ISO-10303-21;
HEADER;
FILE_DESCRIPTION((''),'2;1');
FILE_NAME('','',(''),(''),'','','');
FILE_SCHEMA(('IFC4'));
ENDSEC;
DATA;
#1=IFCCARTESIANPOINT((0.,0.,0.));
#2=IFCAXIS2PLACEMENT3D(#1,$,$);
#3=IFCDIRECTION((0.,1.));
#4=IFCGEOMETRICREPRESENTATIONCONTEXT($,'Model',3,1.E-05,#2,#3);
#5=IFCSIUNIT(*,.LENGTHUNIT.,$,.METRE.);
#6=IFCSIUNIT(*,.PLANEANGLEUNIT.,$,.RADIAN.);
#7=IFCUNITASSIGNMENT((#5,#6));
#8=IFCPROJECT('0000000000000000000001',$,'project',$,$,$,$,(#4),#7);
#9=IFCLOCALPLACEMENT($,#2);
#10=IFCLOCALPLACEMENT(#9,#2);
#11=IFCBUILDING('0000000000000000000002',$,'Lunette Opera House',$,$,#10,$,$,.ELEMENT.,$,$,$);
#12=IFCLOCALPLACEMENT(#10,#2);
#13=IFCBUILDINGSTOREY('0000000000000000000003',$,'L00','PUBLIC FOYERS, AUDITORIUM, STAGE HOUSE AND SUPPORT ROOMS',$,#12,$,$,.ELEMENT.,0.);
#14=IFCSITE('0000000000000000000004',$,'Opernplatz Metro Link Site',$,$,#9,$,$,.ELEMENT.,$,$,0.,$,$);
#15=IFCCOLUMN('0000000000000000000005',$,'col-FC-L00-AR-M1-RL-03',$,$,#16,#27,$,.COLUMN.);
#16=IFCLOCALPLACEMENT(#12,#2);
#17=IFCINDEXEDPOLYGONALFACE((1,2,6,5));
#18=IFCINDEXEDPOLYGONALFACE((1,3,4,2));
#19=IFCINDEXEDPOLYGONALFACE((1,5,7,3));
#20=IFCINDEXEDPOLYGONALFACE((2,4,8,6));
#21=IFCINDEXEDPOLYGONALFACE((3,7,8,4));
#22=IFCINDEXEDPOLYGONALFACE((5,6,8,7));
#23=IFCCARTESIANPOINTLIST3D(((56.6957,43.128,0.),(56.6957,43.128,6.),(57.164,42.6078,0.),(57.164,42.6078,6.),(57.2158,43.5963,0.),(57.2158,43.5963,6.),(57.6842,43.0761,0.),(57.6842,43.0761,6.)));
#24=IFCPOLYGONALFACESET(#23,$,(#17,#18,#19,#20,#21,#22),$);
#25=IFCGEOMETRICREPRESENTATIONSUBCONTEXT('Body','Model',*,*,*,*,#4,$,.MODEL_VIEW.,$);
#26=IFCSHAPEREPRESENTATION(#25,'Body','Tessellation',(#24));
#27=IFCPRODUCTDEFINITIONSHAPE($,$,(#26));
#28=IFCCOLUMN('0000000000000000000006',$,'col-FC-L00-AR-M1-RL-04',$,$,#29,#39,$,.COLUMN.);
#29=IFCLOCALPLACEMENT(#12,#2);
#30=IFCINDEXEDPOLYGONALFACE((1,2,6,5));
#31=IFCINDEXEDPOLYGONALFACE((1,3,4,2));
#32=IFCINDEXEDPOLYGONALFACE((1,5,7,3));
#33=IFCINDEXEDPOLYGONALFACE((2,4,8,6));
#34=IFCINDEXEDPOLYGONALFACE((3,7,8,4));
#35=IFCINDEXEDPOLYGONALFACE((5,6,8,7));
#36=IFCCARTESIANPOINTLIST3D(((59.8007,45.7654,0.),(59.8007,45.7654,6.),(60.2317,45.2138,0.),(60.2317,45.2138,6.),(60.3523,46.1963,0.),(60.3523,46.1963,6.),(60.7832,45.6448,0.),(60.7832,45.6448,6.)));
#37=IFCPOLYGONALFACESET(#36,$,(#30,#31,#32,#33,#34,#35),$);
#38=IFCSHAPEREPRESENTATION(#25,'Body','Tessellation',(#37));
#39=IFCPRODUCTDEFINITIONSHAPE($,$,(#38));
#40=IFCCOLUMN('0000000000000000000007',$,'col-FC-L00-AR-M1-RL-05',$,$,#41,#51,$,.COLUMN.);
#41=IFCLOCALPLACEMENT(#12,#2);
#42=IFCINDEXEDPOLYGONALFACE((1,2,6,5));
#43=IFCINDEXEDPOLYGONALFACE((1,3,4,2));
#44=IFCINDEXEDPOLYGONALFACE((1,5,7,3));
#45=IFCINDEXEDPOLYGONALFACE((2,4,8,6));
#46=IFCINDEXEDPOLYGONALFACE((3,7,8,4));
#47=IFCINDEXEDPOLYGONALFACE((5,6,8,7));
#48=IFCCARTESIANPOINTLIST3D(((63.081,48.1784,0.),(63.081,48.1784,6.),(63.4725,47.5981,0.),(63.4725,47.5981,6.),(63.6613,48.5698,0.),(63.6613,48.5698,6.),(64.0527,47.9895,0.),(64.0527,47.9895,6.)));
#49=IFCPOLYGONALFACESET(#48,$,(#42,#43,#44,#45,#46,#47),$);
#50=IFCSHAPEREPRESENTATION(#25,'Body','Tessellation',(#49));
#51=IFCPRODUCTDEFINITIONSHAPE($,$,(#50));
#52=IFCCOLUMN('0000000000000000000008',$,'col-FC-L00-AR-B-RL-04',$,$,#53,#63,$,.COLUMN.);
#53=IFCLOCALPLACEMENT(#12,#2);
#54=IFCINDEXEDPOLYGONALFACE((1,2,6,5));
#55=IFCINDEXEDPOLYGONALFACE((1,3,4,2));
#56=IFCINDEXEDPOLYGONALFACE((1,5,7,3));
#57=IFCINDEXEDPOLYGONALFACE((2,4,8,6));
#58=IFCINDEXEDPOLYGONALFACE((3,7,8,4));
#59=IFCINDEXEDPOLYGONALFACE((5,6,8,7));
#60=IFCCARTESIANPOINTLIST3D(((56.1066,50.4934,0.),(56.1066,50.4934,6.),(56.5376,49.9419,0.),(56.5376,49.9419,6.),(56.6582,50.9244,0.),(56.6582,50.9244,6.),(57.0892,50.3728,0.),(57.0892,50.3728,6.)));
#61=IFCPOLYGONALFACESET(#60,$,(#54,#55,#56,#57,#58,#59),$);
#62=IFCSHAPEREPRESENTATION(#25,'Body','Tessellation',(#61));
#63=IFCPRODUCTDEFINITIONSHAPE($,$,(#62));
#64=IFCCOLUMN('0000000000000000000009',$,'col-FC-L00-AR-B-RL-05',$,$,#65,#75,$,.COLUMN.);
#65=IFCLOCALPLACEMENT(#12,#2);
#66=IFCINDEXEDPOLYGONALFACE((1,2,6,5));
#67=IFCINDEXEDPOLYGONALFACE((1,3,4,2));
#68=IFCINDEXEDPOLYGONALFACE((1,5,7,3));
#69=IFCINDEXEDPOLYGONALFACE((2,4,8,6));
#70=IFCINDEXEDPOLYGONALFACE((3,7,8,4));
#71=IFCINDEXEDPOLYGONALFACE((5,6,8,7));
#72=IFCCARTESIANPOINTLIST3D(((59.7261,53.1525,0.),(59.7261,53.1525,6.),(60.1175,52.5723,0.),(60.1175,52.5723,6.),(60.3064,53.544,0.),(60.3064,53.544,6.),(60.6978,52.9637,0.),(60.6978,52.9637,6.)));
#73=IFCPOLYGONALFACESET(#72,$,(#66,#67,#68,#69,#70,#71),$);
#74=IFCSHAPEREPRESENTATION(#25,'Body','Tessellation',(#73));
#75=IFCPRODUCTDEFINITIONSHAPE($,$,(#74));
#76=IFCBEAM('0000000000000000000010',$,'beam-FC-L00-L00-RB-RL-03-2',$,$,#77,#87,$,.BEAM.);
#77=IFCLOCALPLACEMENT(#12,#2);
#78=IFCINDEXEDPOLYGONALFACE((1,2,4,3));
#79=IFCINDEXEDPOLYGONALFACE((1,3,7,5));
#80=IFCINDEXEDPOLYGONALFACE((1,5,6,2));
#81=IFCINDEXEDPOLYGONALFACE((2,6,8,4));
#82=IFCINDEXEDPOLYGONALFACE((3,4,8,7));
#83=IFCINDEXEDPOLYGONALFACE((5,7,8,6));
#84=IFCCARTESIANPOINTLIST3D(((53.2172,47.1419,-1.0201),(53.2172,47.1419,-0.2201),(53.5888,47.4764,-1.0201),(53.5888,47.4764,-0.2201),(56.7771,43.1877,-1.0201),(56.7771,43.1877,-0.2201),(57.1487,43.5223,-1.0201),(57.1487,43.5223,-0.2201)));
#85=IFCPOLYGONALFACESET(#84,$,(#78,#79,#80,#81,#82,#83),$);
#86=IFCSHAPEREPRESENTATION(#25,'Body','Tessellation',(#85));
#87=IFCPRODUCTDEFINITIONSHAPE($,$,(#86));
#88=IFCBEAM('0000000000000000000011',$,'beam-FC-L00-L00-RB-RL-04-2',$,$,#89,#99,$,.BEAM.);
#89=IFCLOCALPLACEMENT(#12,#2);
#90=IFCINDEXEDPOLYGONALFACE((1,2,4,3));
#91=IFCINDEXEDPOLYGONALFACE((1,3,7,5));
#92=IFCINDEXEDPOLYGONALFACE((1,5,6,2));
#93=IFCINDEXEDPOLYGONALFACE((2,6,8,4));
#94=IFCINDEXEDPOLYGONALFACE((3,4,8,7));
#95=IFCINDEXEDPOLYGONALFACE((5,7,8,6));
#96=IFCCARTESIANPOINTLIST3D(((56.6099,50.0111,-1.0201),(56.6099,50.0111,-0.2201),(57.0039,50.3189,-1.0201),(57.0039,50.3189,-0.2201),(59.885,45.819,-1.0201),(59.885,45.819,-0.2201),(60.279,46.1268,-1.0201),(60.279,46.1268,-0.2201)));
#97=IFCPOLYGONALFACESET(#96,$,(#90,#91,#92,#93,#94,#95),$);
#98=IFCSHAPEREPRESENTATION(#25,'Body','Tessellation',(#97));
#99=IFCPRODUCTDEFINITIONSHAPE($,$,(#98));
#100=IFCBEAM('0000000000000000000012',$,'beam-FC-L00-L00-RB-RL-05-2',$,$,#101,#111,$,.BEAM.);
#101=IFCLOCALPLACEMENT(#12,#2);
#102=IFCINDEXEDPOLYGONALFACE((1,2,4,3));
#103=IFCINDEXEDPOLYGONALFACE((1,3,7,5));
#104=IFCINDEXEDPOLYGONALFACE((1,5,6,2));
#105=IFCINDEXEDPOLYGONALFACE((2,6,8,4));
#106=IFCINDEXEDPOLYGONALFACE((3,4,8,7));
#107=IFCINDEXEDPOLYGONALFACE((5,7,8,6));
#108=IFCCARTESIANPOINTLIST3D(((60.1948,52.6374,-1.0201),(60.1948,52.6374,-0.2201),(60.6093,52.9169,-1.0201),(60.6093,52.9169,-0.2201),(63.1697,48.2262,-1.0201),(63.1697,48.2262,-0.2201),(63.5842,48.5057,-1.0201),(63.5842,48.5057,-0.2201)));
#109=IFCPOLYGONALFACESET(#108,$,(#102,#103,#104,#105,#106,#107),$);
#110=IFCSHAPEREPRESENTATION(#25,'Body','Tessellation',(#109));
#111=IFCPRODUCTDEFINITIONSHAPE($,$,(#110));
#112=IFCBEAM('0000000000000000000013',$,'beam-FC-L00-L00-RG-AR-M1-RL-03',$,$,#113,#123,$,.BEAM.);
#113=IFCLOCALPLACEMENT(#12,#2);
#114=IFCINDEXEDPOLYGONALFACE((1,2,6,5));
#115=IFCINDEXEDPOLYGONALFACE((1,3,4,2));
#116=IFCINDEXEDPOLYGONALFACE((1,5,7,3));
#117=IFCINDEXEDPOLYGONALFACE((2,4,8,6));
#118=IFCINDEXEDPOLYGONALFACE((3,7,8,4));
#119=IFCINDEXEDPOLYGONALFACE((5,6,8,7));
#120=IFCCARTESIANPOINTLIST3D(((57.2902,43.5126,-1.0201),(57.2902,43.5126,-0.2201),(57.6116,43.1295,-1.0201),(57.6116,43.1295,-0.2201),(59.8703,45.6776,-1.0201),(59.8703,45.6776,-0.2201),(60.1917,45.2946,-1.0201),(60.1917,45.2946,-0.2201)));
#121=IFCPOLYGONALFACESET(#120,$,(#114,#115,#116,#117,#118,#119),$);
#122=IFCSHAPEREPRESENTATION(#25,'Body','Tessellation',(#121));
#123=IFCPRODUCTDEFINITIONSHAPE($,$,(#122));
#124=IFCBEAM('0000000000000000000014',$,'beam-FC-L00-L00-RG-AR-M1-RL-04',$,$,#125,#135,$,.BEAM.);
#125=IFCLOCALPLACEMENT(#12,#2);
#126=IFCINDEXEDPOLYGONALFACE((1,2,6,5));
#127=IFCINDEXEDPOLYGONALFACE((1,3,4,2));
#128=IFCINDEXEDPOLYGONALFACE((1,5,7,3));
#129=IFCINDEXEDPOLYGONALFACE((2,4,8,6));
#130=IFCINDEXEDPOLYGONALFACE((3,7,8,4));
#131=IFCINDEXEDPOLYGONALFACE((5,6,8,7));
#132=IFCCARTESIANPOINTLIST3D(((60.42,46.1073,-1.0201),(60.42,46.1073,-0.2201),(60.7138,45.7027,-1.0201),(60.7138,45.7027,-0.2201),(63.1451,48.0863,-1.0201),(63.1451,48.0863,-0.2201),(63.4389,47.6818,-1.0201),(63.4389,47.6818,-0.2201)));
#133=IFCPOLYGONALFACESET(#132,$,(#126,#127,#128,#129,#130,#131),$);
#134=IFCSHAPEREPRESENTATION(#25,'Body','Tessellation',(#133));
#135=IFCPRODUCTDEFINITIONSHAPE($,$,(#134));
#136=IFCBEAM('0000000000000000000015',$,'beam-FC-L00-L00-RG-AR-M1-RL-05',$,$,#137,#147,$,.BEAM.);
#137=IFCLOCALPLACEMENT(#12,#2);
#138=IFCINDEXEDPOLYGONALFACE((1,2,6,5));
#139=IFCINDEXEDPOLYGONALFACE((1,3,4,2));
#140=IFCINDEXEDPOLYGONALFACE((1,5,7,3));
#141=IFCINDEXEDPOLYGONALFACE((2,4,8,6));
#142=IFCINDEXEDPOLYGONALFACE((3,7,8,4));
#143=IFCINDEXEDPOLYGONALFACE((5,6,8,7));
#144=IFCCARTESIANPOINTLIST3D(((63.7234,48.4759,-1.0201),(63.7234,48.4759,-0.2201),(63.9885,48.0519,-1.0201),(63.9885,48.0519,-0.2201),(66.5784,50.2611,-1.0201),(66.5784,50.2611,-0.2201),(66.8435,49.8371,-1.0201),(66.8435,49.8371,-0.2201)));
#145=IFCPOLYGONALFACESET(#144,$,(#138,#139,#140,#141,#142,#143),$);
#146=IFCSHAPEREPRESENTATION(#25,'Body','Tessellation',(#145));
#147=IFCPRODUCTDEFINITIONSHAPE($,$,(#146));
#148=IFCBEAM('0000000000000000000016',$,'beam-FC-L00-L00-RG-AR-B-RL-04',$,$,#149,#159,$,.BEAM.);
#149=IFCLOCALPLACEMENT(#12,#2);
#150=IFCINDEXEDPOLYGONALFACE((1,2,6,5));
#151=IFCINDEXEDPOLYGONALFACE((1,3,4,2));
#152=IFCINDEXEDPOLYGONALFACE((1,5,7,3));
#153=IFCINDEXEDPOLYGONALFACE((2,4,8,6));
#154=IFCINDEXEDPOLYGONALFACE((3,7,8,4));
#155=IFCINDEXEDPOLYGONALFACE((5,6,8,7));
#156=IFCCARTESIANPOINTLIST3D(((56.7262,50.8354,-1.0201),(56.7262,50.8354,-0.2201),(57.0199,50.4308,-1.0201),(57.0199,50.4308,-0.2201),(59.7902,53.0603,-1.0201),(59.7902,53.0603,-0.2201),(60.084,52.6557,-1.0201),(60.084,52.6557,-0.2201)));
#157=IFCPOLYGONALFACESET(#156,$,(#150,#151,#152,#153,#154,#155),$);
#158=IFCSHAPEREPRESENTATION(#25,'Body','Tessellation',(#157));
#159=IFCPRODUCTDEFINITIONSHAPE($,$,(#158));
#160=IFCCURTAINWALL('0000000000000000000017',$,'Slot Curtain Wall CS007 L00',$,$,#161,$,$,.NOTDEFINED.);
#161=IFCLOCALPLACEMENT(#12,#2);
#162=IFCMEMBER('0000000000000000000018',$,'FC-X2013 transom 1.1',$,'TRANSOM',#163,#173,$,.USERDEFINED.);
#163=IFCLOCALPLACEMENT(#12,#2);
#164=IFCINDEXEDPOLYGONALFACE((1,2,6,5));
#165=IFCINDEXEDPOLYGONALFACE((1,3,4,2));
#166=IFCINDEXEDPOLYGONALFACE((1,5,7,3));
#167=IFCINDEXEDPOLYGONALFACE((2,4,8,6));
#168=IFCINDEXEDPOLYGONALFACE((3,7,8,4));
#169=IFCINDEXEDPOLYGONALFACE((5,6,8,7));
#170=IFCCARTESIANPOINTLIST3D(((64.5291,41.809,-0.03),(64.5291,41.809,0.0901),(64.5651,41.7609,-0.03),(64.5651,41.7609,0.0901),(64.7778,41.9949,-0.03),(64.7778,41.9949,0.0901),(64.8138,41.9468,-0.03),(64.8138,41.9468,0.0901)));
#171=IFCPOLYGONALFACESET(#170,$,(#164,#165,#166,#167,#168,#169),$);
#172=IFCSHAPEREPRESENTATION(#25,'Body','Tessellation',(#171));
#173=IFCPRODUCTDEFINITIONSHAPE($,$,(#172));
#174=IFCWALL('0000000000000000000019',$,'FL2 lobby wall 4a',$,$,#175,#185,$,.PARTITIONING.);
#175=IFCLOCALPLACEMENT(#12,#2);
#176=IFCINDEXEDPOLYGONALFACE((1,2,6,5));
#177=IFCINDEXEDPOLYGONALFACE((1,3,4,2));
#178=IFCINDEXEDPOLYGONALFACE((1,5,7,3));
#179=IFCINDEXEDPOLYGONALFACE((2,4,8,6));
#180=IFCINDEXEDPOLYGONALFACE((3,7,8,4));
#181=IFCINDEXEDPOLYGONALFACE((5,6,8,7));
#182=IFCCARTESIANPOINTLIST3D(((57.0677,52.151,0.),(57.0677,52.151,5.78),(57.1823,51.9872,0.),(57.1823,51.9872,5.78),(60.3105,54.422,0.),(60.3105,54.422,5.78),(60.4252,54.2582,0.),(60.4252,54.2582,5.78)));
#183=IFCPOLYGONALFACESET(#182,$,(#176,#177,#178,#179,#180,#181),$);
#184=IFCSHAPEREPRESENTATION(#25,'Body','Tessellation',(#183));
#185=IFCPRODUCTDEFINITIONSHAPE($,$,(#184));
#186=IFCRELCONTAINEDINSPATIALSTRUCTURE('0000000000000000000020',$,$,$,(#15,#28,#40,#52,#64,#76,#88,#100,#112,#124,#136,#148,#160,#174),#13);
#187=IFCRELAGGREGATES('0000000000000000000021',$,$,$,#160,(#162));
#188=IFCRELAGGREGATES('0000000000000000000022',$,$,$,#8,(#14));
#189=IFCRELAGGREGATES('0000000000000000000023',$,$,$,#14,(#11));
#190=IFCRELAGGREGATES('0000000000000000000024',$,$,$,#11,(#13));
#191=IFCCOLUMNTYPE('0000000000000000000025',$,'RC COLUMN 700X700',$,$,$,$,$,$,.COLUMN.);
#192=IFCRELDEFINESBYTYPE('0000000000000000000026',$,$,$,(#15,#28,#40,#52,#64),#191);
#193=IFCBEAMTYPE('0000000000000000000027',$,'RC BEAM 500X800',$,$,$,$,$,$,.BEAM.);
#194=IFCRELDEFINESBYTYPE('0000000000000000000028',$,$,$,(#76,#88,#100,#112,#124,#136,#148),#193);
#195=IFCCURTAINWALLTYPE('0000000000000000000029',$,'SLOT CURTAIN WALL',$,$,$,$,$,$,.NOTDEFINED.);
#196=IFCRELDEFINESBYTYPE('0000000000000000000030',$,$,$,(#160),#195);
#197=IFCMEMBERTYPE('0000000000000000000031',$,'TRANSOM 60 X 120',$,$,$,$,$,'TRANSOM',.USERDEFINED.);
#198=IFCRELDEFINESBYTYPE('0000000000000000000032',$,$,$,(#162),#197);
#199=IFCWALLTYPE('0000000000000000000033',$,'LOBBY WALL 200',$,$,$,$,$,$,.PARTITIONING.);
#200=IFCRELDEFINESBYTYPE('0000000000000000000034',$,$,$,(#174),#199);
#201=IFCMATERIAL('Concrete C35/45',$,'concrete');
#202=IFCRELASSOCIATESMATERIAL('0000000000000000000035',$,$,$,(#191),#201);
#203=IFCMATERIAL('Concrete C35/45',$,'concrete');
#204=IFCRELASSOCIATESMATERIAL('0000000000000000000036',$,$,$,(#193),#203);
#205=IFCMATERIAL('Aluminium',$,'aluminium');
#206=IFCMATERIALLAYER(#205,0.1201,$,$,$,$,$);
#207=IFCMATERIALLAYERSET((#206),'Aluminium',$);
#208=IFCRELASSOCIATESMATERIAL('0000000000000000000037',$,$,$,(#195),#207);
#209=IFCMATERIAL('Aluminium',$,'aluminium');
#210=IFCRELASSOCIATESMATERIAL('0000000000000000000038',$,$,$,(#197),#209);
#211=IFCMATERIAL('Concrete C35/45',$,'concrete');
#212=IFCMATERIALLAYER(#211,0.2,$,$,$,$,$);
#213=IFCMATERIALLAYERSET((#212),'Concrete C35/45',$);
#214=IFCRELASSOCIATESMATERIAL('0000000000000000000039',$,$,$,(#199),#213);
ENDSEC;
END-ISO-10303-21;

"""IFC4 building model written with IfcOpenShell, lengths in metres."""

from ifc_helpers import new_model, si_unit, direction, frame, frame_2d, origin, origin_2d, place, context, subcontext, project, spatial, rectangle, extrude, material, layer, layer_set, material_profile, profile_set, type_object, element, aggregate, save


model = new_model("IFC4")

# Units and contexts
model_context = context("Model", 3, precision=1e-05, world=origin(), true_north=direction((0.0, 1.0)))
body_context = subcontext(model_context, "Body", "Model", "MODEL_VIEW")
ifc_project = project(units=[si_unit("LENGTHUNIT", "METRE"), si_unit("PLANEANGLEUNIT", "RADIAN")], contexts=[model_context])

# Site, building, storey
site_placement = place(None, origin())
site = spatial("IfcSite", under=ifc_project, at=site_placement, Name="Opernplatz Metro Link Site", CompositionType="ELEMENT", RefElevation=0.0)
building_placement = place(site_placement, origin())
building = spatial("IfcBuilding", under=site, at=building_placement, Name="Lunette Opera House", CompositionType="ELEMENT")
storey_placement = place(building_placement, origin())
storey = spatial("IfcBuildingStorey", under=building, at=storey_placement, Name="L00", Description="PUBLIC FOYERS, AUDITORIUM, STAGE HOUSE AND SUPPORT ROOMS", CompositionType="ELEMENT", Elevation=0.0)

# Columns
ifc_material_1 = material(Name="Concrete C35/45", Category="concrete")
ifc_material_profile_1 = material_profile(ifc_material_1, rectangle(XDim=0.7, YDim=0.7, at=origin_2d()), Name="RC COLUMN 700X700")
ifc_profile_set_1 = profile_set([ifc_material_profile_1], Name="Concrete C35/45")
column_type = type_object("IfcColumnType", Name="RC COLUMN 700X700", PredefinedType="COLUMN", material=ifc_profile_set_1)
for number, where, z_axis, x_axis, name in (
    (1, (57.1899, 43.1021, 0.0), (0.0, 0.0, 1.0), (0.743145, 0.669131, 0.0), "col-FC-L00-AR-M1-RL-03"),
    (2, (60.292, 45.7051, 0.0), (0.0, 0.0, 1.0), (0.788011, 0.615661, 0.0), "col-FC-L00-AR-M1-RL-04"),
    (3, (63.5669, 48.084, 0.0), (0.0, 0.0, 1.0), (0.829038, 0.559193, 0.0), "col-FC-L00-AR-M1-RL-05"),
    (4, (56.5979, 50.4331, 0.0), (0.0, 0.0, 1.0), (0.788011, 0.615661, 0.0), "col-FC-L00-AR-B-RL-04"),
    (5, (60.2119, 53.0581, 0.0), (0.0, 0.0, 1.0), (0.829038, 0.559193, 0.0), "col-FC-L00-AR-B-RL-05"),
):
    element("IfcColumn", number, at=place(storey_placement, frame(where, z_axis=z_axis, x_axis=x_axis)), inside=storey, type_object=column_type, Name=name, PredefinedType="COLUMN", context=body_context, shape_type="SweptSolid", body=[
        extrude(rectangle(XDim=0.7, YDim=0.7, at=origin_2d()), origin(), (0.0, 0.0, 1.0), 6.0),
    ])

# Beams
ifc_material_2 = material(Name="Concrete C35/45", Category="concrete")
ifc_material_profile_2 = material_profile(ifc_material_2, rectangle(XDim=0.5, YDim=0.8, at=origin_2d()), Name="RC BEAM 500X800")
ifc_profile_set_2 = profile_set([ifc_material_profile_2], Name="Concrete C35/45")
beam_type = type_object("IfcBeamType", Name="RC BEAM 500X800", PredefinedType="BEAM", material=ifc_profile_set_2)
beam_1_placement = place(storey_placement, frame((56.9629, 43.355, -0.6201), z_axis=(-0.669081, 0.743189, 0.0), x_axis=(-0.743189, -0.669081, 0.0)))
element("IfcBeam", 6, at=beam_1_placement, inside=storey, type_object=beam_type, Name="beam-FC-L00-L00-RB-RL-03-2", PredefinedType="BEAM", context=body_context, shape_type="SweptSolid", body=[
    extrude(rectangle(XDim=0.5, YDim=0.8, at=origin_2d()), origin(), (0.0, 0.0, 1.0), 5.3206),
])
beam_2_placement = place(storey_placement, frame((60.082, 45.9729, -0.6201), z_axis=(-0.615648, 0.788021, 0.0), x_axis=(-0.788021, -0.615648, 0.0)))
element("IfcBeam", 7, at=beam_2_placement, inside=storey, type_object=beam_type, Name="beam-FC-L00-L00-RB-RL-04-2", PredefinedType="BEAM", context=body_context, shape_type="SweptSolid", body=[
    extrude(rectangle(XDim=0.5, YDim=0.8, at=origin_2d()), origin(), (0.0, 0.0, 1.0), 5.3198),
])
beam_3_placement = place(storey_placement, frame((63.377, 48.366, -0.6201), z_axis=(-0.559129, 0.829081, 0.0), x_axis=(-0.829081, -0.559129, 0.0)))
element("IfcBeam", 8, at=beam_3_placement, inside=storey, type_object=beam_type, Name="beam-FC-L00-L00-RB-RL-05-2", PredefinedType="BEAM", context=body_context, shape_type="SweptSolid", body=[
    extrude(rectangle(XDim=0.5, YDim=0.8, at=origin_2d()), origin(), (0.0, 0.0, 1.0), 5.3206),
])
beam_4_placement = place(storey_placement, frame((57.4509, 43.321, -0.6201), z_axis=(0.76603, 0.642804, 0.0), x_axis=(-0.642804, 0.76603, 0.0)))
element("IfcBeam", 9, at=beam_4_placement, inside=storey, type_object=beam_type, Name="beam-FC-L00-L00-RG-AR-M1-RL-03", PredefinedType="BEAM", context=body_context, shape_type="SweptSolid", body=[
    extrude(rectangle(XDim=0.5, YDim=0.8, at=origin_2d()), origin(), (0.0, 0.0, 1.0), 3.3682),
])
beam_5_placement = place(storey_placement, frame((60.5669, 45.905, -0.6201), z_axis=(0.809143, 0.587611, 0.0), x_axis=(-0.587611, 0.809143, 0.0)))
element("IfcBeam", 10, at=beam_5_placement, inside=storey, type_object=beam_type, Name="beam-FC-L00-L00-RG-AR-M1-RL-04", PredefinedType="BEAM", context=body_context, shape_type="SweptSolid", body=[
    extrude(rectangle(XDim=0.5, YDim=0.8, at=origin_2d()), origin(), (0.0, 0.0, 1.0), 3.3679),
])
beam_6_placement = place(storey_placement, frame((63.856, 48.2639, -0.6201), z_axis=(0.847892, 0.530168, 0.0), x_axis=(-0.530168, 0.847892, 0.0)))
element("IfcBeam", 11, at=beam_6_placement, inside=storey, type_object=beam_type, Name="beam-FC-L00-L00-RG-AR-M1-RL-05", PredefinedType="BEAM", context=body_context, shape_type="SweptSolid", body=[
    extrude(rectangle(XDim=0.5, YDim=0.8, at=origin_2d()), origin(), (0.0, 0.0, 1.0), 3.3672),
])
beam_7_placement = place(storey_placement, frame((56.873, 50.6331, -0.6201), z_axis=(0.809174, 0.58757, 0.0), x_axis=(-0.58757, 0.809174, 0.0)))
element("IfcBeam", 12, at=beam_7_placement, inside=storey, type_object=beam_type, Name="beam-FC-L00-L00-RG-AR-B-RL-04", PredefinedType="BEAM", context=body_context, shape_type="SweptSolid", body=[
    extrude(rectangle(XDim=0.5, YDim=0.8, at=origin_2d()), origin(), (0.0, 0.0, 1.0), 3.7866),
])

# Curtain wall, member
ifc_material_3 = material(Name="Aluminium", Category="aluminium")
ifc_layer_1 = layer(ifc_material_3, 0.1201)
ifc_layer_set_1 = layer_set([ifc_layer_1], Name="Aluminium")
curtain_wall_type = type_object("IfcCurtainWallType", Name="SLOT CURTAIN WALL", PredefinedType="NOTDEFINED", material=ifc_layer_set_1)
curtain_wall_placement = place(storey_placement, origin())
curtain_wall = element("IfcCurtainWall", 13, at=curtain_wall_placement, inside=storey, type_object=curtain_wall_type, Name="Slot Curtain Wall CS007 L00", PredefinedType="NOTDEFINED")
ifc_material_4 = material(Name="Aluminium", Category="aluminium")
ifc_material_profile_3 = material_profile(ifc_material_4, rectangle(XDim=0.0601, YDim=0.1201, at=origin_2d()), Name="TRANSOM 60 X 120")
ifc_profile_set_3 = profile_set([ifc_material_profile_3], Name="Aluminium")
member_type = type_object("IfcMemberType", Name="TRANSOM 60 X 120", ElementType="TRANSOM", PredefinedType="USERDEFINED", material=ifc_profile_set_3)
member_placement = place(storey_placement, frame((64.5471, 41.7849, 0.03), z_axis=(0.800848, 0.598868, 0.0), x_axis=(-0.598868, 0.800848, 0.0)))
member = element("IfcMember", 14, at=member_placement, type_object=member_type, Name="FC-X2013 transom 1.1", ObjectType="TRANSOM", PredefinedType="USERDEFINED", context=body_context, shape_type="SweptSolid", body=[
    extrude(rectangle(XDim=0.0601, YDim=0.1201, at=origin_2d()), origin(), (0.0, 0.0, 1.0), 0.3105),
])
aggregate(curtain_wall, [member])

# Wall
ifc_material_5 = material(Name="Concrete C35/45", Category="concrete")
ifc_layer_2 = layer(ifc_material_5, 0.2)
ifc_layer_set_2 = layer_set([ifc_layer_2], Name="Concrete C35/45")
wall_type_1 = type_object("IfcWallType", Name="LOBBY WALL 200", PredefinedType="PARTITIONING", material=ifc_layer_set_2)
wall_1_placement = place(storey_placement, frame((57.125, 52.0691, 0.0), z_axis=(0.0, 0.0, 1.0), x_axis=(0.819119, 0.573624, 0.0)))
element("IfcWall", 15, at=wall_1_placement, inside=storey, type_object=wall_type_1, Name="FL2 lobby wall 4a", PredefinedType="PARTITIONING", context=body_context, shape_type="SweptSolid", body=[
    extrude(rectangle(XDim=3.959, YDim=0.2, at=frame_2d((1.9795, 0.0))), origin(), (0.0, 0.0, 1.0), 5.78),
])

save(model, "model.ifc")
